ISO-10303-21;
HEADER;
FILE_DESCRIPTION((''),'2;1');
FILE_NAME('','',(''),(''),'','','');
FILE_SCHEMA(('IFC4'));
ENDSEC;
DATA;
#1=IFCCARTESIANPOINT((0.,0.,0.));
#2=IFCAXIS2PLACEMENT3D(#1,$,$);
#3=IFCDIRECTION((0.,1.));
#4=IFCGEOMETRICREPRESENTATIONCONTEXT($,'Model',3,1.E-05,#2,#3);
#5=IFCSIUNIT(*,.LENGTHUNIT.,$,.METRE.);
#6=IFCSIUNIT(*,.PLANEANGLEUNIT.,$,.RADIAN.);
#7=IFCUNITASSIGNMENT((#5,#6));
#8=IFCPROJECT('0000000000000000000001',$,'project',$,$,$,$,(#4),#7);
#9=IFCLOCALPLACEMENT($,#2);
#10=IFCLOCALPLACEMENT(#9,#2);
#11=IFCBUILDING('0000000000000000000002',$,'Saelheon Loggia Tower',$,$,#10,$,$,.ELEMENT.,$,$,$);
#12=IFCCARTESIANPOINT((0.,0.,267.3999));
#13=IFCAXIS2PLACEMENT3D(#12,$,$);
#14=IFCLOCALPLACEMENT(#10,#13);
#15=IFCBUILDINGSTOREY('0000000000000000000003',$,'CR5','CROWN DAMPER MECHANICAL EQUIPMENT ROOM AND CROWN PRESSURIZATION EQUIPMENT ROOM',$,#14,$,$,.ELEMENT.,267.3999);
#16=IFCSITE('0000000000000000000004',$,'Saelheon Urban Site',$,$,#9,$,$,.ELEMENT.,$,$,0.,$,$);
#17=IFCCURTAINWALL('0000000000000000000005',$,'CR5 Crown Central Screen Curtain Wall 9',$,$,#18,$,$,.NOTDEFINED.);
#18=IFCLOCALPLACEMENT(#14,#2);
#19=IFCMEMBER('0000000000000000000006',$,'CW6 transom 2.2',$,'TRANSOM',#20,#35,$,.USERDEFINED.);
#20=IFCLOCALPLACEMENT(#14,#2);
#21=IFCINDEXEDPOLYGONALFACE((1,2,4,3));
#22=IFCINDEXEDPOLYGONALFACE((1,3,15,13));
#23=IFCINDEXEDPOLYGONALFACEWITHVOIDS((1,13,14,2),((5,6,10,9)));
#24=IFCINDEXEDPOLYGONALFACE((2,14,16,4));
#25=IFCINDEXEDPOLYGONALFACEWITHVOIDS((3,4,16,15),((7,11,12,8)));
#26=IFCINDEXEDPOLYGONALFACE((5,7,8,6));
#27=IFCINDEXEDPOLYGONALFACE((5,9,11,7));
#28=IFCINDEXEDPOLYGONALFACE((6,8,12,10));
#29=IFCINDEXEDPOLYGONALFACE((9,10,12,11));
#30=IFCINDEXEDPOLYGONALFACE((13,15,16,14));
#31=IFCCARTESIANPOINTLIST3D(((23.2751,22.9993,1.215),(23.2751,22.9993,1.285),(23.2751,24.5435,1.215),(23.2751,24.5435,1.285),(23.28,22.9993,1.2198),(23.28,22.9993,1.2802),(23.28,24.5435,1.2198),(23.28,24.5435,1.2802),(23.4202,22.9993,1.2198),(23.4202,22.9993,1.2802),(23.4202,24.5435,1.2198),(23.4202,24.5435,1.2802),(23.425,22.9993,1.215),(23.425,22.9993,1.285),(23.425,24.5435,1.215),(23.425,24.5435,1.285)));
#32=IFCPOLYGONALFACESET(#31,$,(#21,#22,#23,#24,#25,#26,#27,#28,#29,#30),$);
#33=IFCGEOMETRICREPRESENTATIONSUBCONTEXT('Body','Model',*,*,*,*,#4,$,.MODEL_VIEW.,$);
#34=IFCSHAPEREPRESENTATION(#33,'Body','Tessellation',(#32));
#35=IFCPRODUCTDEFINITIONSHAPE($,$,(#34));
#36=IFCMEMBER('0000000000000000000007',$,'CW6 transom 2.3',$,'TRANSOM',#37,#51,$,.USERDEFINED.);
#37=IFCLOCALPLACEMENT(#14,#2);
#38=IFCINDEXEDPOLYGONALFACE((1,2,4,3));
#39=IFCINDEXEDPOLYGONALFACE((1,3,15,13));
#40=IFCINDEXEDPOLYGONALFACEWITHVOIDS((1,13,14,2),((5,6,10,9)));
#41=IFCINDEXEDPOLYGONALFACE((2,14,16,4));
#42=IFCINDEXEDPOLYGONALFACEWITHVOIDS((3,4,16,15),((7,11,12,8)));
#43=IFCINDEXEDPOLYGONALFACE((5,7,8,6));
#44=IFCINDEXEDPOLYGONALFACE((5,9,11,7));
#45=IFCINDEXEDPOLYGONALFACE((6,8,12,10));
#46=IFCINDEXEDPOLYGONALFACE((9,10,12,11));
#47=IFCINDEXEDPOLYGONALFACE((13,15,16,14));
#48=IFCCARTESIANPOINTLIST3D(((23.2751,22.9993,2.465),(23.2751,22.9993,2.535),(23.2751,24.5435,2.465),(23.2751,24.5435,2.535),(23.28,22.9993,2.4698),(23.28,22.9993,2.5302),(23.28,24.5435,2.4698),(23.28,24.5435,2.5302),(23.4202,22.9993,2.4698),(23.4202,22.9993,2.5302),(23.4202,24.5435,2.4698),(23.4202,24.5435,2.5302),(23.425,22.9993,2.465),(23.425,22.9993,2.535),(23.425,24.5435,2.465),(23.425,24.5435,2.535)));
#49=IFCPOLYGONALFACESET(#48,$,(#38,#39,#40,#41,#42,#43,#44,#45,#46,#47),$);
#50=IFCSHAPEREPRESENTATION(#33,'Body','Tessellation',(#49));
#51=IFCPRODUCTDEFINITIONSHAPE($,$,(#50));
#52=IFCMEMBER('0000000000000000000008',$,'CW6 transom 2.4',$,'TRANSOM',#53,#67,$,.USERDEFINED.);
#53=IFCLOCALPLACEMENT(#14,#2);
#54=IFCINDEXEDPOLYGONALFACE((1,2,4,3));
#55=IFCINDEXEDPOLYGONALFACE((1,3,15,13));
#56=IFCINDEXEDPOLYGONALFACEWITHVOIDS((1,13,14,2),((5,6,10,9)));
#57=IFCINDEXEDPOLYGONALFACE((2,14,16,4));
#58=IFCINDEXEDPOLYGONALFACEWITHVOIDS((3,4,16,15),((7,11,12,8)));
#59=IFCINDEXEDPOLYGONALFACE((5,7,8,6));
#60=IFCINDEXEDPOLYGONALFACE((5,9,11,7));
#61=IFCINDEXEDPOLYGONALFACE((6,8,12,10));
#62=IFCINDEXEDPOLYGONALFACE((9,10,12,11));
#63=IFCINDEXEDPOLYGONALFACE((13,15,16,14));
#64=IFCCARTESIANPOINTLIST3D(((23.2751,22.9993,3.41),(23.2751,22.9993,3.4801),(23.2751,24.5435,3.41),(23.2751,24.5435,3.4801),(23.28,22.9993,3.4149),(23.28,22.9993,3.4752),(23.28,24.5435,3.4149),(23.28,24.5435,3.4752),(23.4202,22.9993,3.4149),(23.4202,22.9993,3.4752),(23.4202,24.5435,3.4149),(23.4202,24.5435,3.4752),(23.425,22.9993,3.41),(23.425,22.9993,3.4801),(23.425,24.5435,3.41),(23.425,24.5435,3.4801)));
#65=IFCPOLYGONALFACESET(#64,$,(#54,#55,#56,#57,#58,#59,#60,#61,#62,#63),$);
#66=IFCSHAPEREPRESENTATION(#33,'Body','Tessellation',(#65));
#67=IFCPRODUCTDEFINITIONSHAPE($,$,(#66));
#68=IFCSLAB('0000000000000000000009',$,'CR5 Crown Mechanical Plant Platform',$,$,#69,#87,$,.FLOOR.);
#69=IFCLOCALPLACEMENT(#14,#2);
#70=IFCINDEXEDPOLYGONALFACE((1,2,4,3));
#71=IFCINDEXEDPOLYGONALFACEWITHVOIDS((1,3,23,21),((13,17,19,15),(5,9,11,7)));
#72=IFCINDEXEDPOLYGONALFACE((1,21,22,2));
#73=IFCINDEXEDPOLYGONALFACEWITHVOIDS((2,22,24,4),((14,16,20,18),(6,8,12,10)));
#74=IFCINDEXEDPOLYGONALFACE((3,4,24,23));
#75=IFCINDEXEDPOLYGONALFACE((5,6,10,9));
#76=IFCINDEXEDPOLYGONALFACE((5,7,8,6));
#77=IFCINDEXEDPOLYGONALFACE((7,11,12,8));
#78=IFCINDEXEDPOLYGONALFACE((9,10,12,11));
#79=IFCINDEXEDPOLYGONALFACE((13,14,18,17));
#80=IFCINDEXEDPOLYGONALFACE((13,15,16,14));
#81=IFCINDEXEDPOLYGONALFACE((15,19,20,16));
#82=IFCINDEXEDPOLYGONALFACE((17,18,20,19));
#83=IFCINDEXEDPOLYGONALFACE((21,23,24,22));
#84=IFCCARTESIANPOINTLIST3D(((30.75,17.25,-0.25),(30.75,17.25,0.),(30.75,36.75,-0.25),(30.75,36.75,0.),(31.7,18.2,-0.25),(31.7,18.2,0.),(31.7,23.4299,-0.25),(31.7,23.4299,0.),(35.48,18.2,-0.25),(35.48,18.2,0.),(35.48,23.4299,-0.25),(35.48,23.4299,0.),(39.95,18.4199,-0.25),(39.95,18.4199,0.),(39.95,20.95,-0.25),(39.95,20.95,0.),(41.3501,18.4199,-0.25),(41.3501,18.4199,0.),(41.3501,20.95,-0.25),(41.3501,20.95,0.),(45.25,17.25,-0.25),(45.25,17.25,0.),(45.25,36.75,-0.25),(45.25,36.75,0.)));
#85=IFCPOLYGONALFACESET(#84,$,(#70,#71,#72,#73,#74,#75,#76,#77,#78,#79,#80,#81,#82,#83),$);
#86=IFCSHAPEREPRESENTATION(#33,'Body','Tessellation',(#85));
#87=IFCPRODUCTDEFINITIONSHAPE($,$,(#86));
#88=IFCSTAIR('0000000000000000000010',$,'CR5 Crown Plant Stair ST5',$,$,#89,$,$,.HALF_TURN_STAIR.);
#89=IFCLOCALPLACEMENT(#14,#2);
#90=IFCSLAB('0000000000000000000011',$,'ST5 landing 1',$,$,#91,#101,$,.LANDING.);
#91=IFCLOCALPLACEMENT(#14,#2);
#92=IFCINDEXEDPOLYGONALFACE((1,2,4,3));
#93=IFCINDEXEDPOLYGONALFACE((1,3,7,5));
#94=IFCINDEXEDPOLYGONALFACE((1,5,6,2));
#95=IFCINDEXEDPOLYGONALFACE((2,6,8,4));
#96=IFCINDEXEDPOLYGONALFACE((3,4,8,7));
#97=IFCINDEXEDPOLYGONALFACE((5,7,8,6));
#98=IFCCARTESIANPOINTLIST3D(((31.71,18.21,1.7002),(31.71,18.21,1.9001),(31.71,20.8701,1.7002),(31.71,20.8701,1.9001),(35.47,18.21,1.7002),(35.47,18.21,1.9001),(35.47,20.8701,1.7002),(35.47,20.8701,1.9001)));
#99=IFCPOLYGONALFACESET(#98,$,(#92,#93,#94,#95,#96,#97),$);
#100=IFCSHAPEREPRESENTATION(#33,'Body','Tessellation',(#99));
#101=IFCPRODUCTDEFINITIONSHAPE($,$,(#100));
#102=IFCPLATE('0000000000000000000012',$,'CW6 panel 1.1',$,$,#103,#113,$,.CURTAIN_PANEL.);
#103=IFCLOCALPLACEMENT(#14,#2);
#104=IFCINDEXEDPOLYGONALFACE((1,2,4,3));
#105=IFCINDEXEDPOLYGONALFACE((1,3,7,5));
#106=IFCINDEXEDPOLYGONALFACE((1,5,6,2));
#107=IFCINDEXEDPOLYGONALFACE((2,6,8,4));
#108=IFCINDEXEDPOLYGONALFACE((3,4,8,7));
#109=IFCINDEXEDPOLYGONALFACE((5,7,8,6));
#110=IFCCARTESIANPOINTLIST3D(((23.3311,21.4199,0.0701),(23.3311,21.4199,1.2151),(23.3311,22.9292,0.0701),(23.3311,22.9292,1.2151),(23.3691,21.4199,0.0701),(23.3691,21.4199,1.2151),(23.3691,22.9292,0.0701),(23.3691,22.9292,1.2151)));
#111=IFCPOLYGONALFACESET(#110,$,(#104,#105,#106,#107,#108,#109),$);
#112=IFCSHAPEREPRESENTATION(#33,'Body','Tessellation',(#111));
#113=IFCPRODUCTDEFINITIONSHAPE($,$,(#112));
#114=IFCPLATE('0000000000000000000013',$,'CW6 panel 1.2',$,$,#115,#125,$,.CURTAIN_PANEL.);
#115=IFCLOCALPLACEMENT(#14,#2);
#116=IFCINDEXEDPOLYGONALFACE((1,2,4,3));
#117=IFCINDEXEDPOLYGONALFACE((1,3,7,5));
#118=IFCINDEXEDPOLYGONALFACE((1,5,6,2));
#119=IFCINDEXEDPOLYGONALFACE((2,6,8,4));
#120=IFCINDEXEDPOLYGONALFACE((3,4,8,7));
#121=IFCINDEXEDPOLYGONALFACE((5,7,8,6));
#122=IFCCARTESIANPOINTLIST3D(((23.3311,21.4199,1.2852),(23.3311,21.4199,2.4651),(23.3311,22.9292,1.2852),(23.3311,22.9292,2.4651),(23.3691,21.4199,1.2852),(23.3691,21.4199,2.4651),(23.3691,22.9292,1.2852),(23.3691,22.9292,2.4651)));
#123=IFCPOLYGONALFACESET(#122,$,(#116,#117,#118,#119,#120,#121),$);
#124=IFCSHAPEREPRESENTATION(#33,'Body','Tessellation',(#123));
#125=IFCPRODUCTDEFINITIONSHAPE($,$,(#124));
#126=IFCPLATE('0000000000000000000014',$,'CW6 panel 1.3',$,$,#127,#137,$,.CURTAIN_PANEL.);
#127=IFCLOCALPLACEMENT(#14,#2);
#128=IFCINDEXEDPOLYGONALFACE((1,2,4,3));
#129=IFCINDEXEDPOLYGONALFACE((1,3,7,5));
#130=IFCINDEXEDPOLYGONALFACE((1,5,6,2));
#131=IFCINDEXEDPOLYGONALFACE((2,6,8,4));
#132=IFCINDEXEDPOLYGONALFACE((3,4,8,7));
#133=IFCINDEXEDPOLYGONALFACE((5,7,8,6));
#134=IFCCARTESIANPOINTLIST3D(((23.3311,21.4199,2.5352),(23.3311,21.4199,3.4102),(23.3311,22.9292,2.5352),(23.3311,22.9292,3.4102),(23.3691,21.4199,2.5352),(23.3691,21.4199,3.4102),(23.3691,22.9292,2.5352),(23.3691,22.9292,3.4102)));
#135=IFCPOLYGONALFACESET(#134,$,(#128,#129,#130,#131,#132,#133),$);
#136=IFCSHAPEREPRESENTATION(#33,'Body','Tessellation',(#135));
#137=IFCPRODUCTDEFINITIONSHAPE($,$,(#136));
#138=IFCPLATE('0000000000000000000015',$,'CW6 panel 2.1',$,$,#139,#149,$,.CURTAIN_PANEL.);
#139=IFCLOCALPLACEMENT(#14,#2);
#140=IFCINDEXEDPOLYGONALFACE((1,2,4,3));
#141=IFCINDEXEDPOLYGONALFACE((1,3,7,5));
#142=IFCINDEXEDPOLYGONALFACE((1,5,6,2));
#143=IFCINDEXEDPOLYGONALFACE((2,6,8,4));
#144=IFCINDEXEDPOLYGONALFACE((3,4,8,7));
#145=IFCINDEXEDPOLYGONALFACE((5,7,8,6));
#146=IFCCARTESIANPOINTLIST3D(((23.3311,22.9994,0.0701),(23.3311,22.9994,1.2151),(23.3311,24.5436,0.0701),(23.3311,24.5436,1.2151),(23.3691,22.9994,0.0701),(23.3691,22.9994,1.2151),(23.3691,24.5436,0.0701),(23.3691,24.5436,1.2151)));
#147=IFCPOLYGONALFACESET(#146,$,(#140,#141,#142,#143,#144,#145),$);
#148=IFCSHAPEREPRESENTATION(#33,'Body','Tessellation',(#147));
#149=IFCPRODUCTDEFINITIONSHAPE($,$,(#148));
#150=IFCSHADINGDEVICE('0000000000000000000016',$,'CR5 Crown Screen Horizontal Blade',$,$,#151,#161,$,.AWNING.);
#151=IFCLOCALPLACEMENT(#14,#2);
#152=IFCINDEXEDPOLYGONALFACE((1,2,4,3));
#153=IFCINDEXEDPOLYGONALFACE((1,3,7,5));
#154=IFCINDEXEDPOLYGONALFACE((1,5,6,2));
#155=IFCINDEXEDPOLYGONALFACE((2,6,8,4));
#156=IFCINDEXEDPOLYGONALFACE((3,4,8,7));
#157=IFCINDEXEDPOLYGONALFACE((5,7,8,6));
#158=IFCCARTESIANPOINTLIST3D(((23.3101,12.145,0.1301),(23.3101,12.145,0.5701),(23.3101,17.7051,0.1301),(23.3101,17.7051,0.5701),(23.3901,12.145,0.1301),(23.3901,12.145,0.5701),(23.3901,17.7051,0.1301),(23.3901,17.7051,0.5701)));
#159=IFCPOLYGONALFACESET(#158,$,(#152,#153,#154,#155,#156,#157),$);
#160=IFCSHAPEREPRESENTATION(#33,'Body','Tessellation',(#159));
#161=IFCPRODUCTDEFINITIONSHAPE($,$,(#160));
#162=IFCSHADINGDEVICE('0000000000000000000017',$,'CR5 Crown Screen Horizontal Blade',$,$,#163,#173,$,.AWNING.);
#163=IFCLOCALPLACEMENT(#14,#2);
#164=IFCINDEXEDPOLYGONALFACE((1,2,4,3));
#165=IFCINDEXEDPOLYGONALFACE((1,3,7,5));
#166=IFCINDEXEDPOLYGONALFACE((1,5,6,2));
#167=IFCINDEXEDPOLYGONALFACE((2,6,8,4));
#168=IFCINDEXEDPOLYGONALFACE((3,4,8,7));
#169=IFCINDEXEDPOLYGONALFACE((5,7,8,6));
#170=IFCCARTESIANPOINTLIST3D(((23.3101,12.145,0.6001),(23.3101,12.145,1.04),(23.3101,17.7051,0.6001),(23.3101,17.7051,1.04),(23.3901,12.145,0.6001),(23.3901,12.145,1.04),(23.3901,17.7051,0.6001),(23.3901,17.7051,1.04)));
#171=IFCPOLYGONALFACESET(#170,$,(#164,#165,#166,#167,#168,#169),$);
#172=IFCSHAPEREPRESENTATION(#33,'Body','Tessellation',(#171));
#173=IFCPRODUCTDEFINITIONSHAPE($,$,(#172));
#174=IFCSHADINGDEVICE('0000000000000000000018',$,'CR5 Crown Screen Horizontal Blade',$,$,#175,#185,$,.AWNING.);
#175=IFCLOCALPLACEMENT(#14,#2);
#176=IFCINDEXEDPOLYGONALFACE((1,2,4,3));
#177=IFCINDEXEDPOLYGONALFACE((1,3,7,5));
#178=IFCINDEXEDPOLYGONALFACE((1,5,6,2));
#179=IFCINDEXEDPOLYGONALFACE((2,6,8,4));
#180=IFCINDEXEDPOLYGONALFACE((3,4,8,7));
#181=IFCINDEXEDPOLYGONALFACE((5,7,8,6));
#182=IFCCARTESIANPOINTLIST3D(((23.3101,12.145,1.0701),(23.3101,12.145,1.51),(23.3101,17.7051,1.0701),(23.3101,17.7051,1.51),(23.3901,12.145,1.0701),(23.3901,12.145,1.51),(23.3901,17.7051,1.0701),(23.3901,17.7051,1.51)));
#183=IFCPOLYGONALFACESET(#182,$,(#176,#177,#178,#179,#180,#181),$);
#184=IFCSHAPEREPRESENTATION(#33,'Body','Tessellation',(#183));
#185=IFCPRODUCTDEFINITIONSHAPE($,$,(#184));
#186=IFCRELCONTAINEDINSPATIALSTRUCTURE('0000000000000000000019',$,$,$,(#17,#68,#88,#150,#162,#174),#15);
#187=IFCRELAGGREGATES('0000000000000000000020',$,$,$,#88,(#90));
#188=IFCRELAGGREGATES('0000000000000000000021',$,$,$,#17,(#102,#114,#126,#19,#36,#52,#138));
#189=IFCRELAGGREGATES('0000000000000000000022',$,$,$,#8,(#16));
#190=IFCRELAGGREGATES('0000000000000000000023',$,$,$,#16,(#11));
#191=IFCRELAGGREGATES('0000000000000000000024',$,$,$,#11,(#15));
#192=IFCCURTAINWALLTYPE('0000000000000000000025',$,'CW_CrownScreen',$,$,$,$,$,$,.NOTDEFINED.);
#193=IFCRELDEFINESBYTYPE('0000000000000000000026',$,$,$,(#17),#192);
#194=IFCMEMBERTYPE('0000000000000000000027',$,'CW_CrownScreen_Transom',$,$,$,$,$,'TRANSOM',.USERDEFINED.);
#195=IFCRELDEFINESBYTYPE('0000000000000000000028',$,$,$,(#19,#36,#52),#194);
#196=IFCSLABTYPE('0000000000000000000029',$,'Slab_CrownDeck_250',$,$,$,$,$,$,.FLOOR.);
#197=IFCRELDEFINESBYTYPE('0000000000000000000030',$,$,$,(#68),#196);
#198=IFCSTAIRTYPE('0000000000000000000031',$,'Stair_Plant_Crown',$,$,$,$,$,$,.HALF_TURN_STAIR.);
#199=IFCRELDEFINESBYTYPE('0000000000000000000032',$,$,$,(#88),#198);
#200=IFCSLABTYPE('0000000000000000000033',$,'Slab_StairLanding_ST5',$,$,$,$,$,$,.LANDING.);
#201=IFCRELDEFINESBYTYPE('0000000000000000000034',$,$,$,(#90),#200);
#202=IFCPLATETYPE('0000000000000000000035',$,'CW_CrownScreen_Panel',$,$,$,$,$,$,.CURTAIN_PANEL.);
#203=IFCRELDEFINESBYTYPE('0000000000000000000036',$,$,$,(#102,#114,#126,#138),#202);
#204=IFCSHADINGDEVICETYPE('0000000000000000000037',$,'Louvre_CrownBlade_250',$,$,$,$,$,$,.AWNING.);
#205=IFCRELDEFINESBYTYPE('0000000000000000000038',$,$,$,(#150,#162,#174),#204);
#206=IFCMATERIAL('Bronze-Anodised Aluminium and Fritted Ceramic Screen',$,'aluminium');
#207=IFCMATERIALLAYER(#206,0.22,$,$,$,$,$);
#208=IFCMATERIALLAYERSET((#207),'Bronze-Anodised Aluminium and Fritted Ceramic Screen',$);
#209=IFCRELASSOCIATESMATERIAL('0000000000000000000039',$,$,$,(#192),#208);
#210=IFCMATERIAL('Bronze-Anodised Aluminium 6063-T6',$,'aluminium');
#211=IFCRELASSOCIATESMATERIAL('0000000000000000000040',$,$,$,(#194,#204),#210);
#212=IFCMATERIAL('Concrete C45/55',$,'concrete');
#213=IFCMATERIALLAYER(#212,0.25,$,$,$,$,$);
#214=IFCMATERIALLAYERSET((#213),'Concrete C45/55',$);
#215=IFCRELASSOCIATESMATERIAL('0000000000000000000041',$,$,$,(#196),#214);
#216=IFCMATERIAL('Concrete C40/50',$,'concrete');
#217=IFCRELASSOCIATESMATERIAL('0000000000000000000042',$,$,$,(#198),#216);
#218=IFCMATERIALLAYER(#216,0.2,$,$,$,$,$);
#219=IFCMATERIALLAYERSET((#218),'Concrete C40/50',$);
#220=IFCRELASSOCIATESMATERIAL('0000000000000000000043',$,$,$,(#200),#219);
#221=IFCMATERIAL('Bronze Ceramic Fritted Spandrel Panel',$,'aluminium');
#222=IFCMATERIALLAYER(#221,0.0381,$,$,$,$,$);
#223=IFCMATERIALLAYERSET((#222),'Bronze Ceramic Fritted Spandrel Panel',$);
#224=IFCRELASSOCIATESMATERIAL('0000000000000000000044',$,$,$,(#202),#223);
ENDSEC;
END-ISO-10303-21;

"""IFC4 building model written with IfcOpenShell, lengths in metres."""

from ifc_helpers import new_model, si_unit, direction, frame, origin, origin_2d, place, context, subcontext, project, spatial, polyline, rectangle, hollow_rectangle, outline, extrude, source, transform, mapped, material, layer, layer_set, material_profile, profile_set, type_object, element, aggregate, save


model = new_model("IFC4")

# Units and contexts
model_context = context("Model", 3, precision=1e-05, world=origin(), true_north=direction((0.0, 1.0)))
body_context = subcontext(model_context, "Body", "Model", "MODEL_VIEW")
ifc_project = project(units=[si_unit("LENGTHUNIT", "METRE"), si_unit("PLANEANGLEUNIT", "RADIAN")], contexts=[model_context])

# Site, building, storey
site_placement = place(None, origin())
site = spatial("IfcSite", under=ifc_project, at=site_placement, Name="Saelheon Urban Site", CompositionType="ELEMENT", RefElevation=0.0)
building_placement = place(site_placement, origin())
building = spatial("IfcBuilding", under=site, at=building_placement, Name="Saelheon Loggia Tower", CompositionType="ELEMENT")
storey_placement = place(building_placement, frame((0.0, 0.0, 267.3999)))
storey = spatial("IfcBuildingStorey", under=building, at=storey_placement, Name="CR5", Description="CROWN DAMPER MECHANICAL EQUIPMENT ROOM AND CROWN PRESSURIZATION EQUIPMENT ROOM", CompositionType="ELEMENT", Elevation=267.3999)

# Curtain wall, members
ifc_material_1 = material(Name="Bronze-Anodised Aluminium and Fritted Ceramic Screen", Category="aluminium")
ifc_layer_1 = layer(ifc_material_1, 0.22)
ifc_layer_set_1 = layer_set([ifc_layer_1], Name="Bronze-Anodised Aluminium and Fritted Ceramic Screen")
curtain_wall_type = type_object("IfcCurtainWallType", Name="CW_CrownScreen", PredefinedType="NOTDEFINED", material=ifc_layer_set_1)
curtain_wall_placement = place(storey_placement, origin())
curtain_wall = element("IfcCurtainWall", 1, at=curtain_wall_placement, inside=storey, type_object=curtain_wall_type, Name="CR5 Crown Central Screen Curtain Wall 9", PredefinedType="NOTDEFINED")
ifc_material_2 = material(Name="Bronze-Anodised Aluminium 6063-T6", Category="aluminium")
ifc_material_profile_1 = material_profile(ifc_material_2, hollow_rectangle(XDim=0.0701, YDim=0.1499, WallThickness=0.0049, at=origin_2d()), Name="RHS-150x70x5")
ifc_profile_set_1 = profile_set([ifc_material_profile_1], Name="Bronze-Anodised Aluminium 6063-T6")
member_type_1 = type_object("IfcMemberType", Name="CW_CrownScreen_Transom", ElementType="TRANSOM", PredefinedType="USERDEFINED", material=ifc_profile_set_1)
shared_shape_1 = source(origin(), body_context, "Body", "SweptSolid", [
    extrude(hollow_rectangle(XDim=0.0701, YDim=0.1499, WallThickness=0.0049, at=origin_2d()), origin(), (0.0, 0.0, 1.0), 1.5442),
])
member_1_placement = place(storey_placement, frame((23.3501, 22.9993, 1.25), z_axis=(0.0, 1.0, 0.0), x_axis=(0.0, 0.0, 1.0)))
member_1 = element("IfcMember", 2, at=member_1_placement, type_object=member_type_1, Name="CW6 transom 2.2", ObjectType="TRANSOM", PredefinedType="USERDEFINED", context=body_context, shape_type="MappedRepresentation", body=[
    mapped(shared_shape_1, transform((0.0, 0.0, 0.0), scale=1.0)),
])
member_2_placement = place(storey_placement, frame((23.3501, 22.9993, 2.5), z_axis=(0.0, 1.0, 0.0), x_axis=(0.0, 0.0, 1.0)))
member_2 = element("IfcMember", 3, at=member_2_placement, type_object=member_type_1, Name="CW6 transom 2.3", ObjectType="TRANSOM", PredefinedType="USERDEFINED", context=body_context, shape_type="MappedRepresentation", body=[
    mapped(shared_shape_1, transform((0.0, 0.0, 0.0), scale=1.0)),
])
member_3_placement = place(storey_placement, frame((23.3501, 22.9993, 3.4451), z_axis=(0.0, 1.0, 0.0), x_axis=(0.0, 0.0, 1.0)))
member_3 = element("IfcMember", 4, at=member_3_placement, type_object=member_type_1, Name="CW6 transom 2.4", ObjectType="TRANSOM", PredefinedType="USERDEFINED", context=body_context, shape_type="MappedRepresentation", body=[
    mapped(shared_shape_1, transform((0.0, 0.0, 0.0), scale=1.0)),
])

# Slab
ifc_material_3 = material(Name="Concrete C45/55", Category="concrete")
ifc_layer_2 = layer(ifc_material_3, 0.25)
ifc_layer_set_2 = layer_set([ifc_layer_2], Name="Concrete C45/55")
slab_type_1 = type_object("IfcSlabType", Name="Slab_CrownDeck_250", PredefinedType="FLOOR", material=ifc_layer_set_2)
slab_1_placement = place(storey_placement, frame((0.0, 0.0, -0.25)))
element("IfcSlab", 5, at=slab_1_placement, inside=storey, type_object=slab_type_1, Name="CR5 Crown Mechanical Plant Platform", PredefinedType="FLOOR", context=body_context, shape_type="SweptSolid", body=[
    extrude(outline(polyline([(30.75, 17.25), (45.25, 17.25), (45.25, 36.75), (30.75, 36.75), (30.75, 17.25)]), holes=[polyline([(31.7, 23.4299), (31.7, 18.2), (35.48, 18.2), (35.48, 23.4299), (31.7, 23.4299)]), polyline([(39.95, 18.4199), (41.3501, 18.4199), (41.3501, 20.95), (39.95, 20.95), (39.95, 18.4199)])]), origin(), (0.0, 0.0, 1.0), 0.25),
])

# Stair, slab
ifc_material_4 = material(Name="Concrete C40/50", Category="concrete")
stair_type = type_object("IfcStairType", Name="Stair_Plant_Crown", PredefinedType="HALF_TURN_STAIR", material=ifc_material_4)
stair_placement = place(storey_placement, origin())
stair = element("IfcStair", 6, at=stair_placement, inside=storey, type_object=stair_type, Name="CR5 Crown Plant Stair ST5", PredefinedType="HALF_TURN_STAIR")
ifc_layer_3 = layer(ifc_material_4, 0.2)
ifc_layer_set_3 = layer_set([ifc_layer_3], Name="Concrete C40/50")
slab_type_2 = type_object("IfcSlabType", Name="Slab_StairLanding_ST5", PredefinedType="LANDING", material=ifc_layer_set_3)
slab_2_placement = place(storey_placement, frame((0.0, 0.0, 1.7002)))
slab_2 = element("IfcSlab", 7, at=slab_2_placement, type_object=slab_type_2, Name="ST5 landing 1", PredefinedType="LANDING", context=body_context, shape_type="SweptSolid", body=[
    extrude(outline(polyline([(31.71, 20.8701), (31.71, 18.21), (35.47, 18.21), (35.47, 20.8701), (31.71, 20.8701)])), origin(), (0.0, 0.0, 1.0), 0.2),
])
aggregate(stair, [slab_2])

# Plates
ifc_material_5 = material(Name="Bronze Ceramic Fritted Spandrel Panel", Category="aluminium")
ifc_layer_4 = layer(ifc_material_5, 0.0381)
ifc_layer_set_4 = layer_set([ifc_layer_4], Name="Bronze Ceramic Fritted Spandrel Panel")
plate_type = type_object("IfcPlateType", Name="CW_CrownScreen_Panel", PredefinedType="CURTAIN_PANEL", material=ifc_layer_set_4)
shared_shape_2 = source(origin(), body_context, "Body", "SweptSolid", [
    extrude(rectangle(XDim=1.5093, YDim=0.0381, at=origin_2d()), origin(), (0.0, 0.0, 1.0), 1.145),
])
plate_1_placement = place(storey_placement, frame((23.3501, 22.1746, 0.0701), z_axis=(0.0, 0.0, 1.0), x_axis=(0.0, 1.0, 0.0)))
plate_1 = element("IfcPlate", 8, at=plate_1_placement, type_object=plate_type, Name="CW6 panel 1.1", PredefinedType="CURTAIN_PANEL", context=body_context, shape_type="MappedRepresentation", body=[
    mapped(shared_shape_2, transform((0.0, 0.0, 0.0), scale=1.0)),
])
shared_shape_3 = source(origin(), body_context, "Body", "SweptSolid", [
    extrude(rectangle(XDim=1.5093, YDim=0.0381, at=origin_2d()), origin(), (0.0, 0.0, 1.0), 1.1799),
])
plate_2_placement = place(storey_placement, frame((23.3501, 22.1746, 1.2852), z_axis=(0.0, 0.0, 1.0), x_axis=(0.0, 1.0, 0.0)))
plate_2 = element("IfcPlate", 9, at=plate_2_placement, type_object=plate_type, Name="CW6 panel 1.2", PredefinedType="CURTAIN_PANEL", context=body_context, shape_type="MappedRepresentation", body=[
    mapped(shared_shape_3, transform((0.0, 0.0, 0.0), scale=1.0)),
])
shared_shape_4 = source(origin(), body_context, "Body", "SweptSolid", [
    extrude(rectangle(XDim=1.5093, YDim=0.0381, at=origin_2d()), origin(), (0.0, 0.0, 1.0), 0.875),
])
plate_3_placement = place(storey_placement, frame((23.3501, 22.1746, 2.5352), z_axis=(0.0, 0.0, 1.0), x_axis=(0.0, 1.0, 0.0)))
plate_3 = element("IfcPlate", 10, at=plate_3_placement, type_object=plate_type, Name="CW6 panel 1.3", PredefinedType="CURTAIN_PANEL", context=body_context, shape_type="MappedRepresentation", body=[
    mapped(shared_shape_4, transform((0.0, 0.0, 0.0), scale=1.0)),
])
shared_shape_5 = source(origin(), body_context, "Body", "SweptSolid", [
    extrude(rectangle(XDim=1.5442, YDim=0.0381, at=origin_2d()), origin(), (0.0, 0.0, 1.0), 1.145),
])
plate_4_placement = place(storey_placement, frame((23.3501, 23.7715, 0.0701), z_axis=(0.0, 0.0, 1.0), x_axis=(0.0, 1.0, 0.0)))
plate_4 = element("IfcPlate", 11, at=plate_4_placement, type_object=plate_type, Name="CW6 panel 2.1", PredefinedType="CURTAIN_PANEL", context=body_context, shape_type="MappedRepresentation", body=[
    mapped(shared_shape_5, transform((0.0, 0.0, 0.0), scale=1.0)),
])
aggregate(curtain_wall, [plate_1, plate_2, plate_3, member_1, member_2, member_3, plate_4])

# Shading devices
ifc_material_profile_2 = material_profile(ifc_material_2, rectangle(XDim=0.0801, YDim=0.4399, at=origin_2d()), Name="Louvre_CrownBlade_250")
ifc_profile_set_2 = profile_set([ifc_material_profile_2], Name="Bronze-Anodised Aluminium 6063-T6")
shading_device_type = type_object("IfcShadingDeviceType", Name="Louvre_CrownBlade_250", PredefinedType="AWNING", material=ifc_profile_set_2)
shared_shape_6 = source(origin(), body_context, "Body", "SweptSolid", [
    extrude(rectangle(XDim=0.0801, YDim=0.4399, at=origin_2d()), origin(), (0.0, 0.0, 1.0), 5.5601),
])
for number, where, z_axis, x_axis, name in (
    (12, (23.3501, 17.7051, 0.3501), (0.0, -1.0, 0.0), (1.0, 0.0, 0.0), "CR5 Crown Screen Horizontal Blade"),
    (13, (23.3501, 17.7051, 0.8201), (0.0, -1.0, 0.0), (1.0, 0.0, 0.0), "CR5 Crown Screen Horizontal Blade"),
    (14, (23.3501, 17.7051, 1.29), (0.0, -1.0, 0.0), (1.0, 0.0, 0.0), "CR5 Crown Screen Horizontal Blade"),
):
    element("IfcShadingDevice", number, at=place(storey_placement, frame(where, z_axis=z_axis, x_axis=x_axis)), inside=storey, type_object=shading_device_type, Name=name, PredefinedType="AWNING", context=body_context, shape_type="MappedRepresentation", body=[
        mapped(shared_shape_6, transform((0.0, 0.0, 0.0), scale=1.0)),
    ])

save(model, "model.ifc")
